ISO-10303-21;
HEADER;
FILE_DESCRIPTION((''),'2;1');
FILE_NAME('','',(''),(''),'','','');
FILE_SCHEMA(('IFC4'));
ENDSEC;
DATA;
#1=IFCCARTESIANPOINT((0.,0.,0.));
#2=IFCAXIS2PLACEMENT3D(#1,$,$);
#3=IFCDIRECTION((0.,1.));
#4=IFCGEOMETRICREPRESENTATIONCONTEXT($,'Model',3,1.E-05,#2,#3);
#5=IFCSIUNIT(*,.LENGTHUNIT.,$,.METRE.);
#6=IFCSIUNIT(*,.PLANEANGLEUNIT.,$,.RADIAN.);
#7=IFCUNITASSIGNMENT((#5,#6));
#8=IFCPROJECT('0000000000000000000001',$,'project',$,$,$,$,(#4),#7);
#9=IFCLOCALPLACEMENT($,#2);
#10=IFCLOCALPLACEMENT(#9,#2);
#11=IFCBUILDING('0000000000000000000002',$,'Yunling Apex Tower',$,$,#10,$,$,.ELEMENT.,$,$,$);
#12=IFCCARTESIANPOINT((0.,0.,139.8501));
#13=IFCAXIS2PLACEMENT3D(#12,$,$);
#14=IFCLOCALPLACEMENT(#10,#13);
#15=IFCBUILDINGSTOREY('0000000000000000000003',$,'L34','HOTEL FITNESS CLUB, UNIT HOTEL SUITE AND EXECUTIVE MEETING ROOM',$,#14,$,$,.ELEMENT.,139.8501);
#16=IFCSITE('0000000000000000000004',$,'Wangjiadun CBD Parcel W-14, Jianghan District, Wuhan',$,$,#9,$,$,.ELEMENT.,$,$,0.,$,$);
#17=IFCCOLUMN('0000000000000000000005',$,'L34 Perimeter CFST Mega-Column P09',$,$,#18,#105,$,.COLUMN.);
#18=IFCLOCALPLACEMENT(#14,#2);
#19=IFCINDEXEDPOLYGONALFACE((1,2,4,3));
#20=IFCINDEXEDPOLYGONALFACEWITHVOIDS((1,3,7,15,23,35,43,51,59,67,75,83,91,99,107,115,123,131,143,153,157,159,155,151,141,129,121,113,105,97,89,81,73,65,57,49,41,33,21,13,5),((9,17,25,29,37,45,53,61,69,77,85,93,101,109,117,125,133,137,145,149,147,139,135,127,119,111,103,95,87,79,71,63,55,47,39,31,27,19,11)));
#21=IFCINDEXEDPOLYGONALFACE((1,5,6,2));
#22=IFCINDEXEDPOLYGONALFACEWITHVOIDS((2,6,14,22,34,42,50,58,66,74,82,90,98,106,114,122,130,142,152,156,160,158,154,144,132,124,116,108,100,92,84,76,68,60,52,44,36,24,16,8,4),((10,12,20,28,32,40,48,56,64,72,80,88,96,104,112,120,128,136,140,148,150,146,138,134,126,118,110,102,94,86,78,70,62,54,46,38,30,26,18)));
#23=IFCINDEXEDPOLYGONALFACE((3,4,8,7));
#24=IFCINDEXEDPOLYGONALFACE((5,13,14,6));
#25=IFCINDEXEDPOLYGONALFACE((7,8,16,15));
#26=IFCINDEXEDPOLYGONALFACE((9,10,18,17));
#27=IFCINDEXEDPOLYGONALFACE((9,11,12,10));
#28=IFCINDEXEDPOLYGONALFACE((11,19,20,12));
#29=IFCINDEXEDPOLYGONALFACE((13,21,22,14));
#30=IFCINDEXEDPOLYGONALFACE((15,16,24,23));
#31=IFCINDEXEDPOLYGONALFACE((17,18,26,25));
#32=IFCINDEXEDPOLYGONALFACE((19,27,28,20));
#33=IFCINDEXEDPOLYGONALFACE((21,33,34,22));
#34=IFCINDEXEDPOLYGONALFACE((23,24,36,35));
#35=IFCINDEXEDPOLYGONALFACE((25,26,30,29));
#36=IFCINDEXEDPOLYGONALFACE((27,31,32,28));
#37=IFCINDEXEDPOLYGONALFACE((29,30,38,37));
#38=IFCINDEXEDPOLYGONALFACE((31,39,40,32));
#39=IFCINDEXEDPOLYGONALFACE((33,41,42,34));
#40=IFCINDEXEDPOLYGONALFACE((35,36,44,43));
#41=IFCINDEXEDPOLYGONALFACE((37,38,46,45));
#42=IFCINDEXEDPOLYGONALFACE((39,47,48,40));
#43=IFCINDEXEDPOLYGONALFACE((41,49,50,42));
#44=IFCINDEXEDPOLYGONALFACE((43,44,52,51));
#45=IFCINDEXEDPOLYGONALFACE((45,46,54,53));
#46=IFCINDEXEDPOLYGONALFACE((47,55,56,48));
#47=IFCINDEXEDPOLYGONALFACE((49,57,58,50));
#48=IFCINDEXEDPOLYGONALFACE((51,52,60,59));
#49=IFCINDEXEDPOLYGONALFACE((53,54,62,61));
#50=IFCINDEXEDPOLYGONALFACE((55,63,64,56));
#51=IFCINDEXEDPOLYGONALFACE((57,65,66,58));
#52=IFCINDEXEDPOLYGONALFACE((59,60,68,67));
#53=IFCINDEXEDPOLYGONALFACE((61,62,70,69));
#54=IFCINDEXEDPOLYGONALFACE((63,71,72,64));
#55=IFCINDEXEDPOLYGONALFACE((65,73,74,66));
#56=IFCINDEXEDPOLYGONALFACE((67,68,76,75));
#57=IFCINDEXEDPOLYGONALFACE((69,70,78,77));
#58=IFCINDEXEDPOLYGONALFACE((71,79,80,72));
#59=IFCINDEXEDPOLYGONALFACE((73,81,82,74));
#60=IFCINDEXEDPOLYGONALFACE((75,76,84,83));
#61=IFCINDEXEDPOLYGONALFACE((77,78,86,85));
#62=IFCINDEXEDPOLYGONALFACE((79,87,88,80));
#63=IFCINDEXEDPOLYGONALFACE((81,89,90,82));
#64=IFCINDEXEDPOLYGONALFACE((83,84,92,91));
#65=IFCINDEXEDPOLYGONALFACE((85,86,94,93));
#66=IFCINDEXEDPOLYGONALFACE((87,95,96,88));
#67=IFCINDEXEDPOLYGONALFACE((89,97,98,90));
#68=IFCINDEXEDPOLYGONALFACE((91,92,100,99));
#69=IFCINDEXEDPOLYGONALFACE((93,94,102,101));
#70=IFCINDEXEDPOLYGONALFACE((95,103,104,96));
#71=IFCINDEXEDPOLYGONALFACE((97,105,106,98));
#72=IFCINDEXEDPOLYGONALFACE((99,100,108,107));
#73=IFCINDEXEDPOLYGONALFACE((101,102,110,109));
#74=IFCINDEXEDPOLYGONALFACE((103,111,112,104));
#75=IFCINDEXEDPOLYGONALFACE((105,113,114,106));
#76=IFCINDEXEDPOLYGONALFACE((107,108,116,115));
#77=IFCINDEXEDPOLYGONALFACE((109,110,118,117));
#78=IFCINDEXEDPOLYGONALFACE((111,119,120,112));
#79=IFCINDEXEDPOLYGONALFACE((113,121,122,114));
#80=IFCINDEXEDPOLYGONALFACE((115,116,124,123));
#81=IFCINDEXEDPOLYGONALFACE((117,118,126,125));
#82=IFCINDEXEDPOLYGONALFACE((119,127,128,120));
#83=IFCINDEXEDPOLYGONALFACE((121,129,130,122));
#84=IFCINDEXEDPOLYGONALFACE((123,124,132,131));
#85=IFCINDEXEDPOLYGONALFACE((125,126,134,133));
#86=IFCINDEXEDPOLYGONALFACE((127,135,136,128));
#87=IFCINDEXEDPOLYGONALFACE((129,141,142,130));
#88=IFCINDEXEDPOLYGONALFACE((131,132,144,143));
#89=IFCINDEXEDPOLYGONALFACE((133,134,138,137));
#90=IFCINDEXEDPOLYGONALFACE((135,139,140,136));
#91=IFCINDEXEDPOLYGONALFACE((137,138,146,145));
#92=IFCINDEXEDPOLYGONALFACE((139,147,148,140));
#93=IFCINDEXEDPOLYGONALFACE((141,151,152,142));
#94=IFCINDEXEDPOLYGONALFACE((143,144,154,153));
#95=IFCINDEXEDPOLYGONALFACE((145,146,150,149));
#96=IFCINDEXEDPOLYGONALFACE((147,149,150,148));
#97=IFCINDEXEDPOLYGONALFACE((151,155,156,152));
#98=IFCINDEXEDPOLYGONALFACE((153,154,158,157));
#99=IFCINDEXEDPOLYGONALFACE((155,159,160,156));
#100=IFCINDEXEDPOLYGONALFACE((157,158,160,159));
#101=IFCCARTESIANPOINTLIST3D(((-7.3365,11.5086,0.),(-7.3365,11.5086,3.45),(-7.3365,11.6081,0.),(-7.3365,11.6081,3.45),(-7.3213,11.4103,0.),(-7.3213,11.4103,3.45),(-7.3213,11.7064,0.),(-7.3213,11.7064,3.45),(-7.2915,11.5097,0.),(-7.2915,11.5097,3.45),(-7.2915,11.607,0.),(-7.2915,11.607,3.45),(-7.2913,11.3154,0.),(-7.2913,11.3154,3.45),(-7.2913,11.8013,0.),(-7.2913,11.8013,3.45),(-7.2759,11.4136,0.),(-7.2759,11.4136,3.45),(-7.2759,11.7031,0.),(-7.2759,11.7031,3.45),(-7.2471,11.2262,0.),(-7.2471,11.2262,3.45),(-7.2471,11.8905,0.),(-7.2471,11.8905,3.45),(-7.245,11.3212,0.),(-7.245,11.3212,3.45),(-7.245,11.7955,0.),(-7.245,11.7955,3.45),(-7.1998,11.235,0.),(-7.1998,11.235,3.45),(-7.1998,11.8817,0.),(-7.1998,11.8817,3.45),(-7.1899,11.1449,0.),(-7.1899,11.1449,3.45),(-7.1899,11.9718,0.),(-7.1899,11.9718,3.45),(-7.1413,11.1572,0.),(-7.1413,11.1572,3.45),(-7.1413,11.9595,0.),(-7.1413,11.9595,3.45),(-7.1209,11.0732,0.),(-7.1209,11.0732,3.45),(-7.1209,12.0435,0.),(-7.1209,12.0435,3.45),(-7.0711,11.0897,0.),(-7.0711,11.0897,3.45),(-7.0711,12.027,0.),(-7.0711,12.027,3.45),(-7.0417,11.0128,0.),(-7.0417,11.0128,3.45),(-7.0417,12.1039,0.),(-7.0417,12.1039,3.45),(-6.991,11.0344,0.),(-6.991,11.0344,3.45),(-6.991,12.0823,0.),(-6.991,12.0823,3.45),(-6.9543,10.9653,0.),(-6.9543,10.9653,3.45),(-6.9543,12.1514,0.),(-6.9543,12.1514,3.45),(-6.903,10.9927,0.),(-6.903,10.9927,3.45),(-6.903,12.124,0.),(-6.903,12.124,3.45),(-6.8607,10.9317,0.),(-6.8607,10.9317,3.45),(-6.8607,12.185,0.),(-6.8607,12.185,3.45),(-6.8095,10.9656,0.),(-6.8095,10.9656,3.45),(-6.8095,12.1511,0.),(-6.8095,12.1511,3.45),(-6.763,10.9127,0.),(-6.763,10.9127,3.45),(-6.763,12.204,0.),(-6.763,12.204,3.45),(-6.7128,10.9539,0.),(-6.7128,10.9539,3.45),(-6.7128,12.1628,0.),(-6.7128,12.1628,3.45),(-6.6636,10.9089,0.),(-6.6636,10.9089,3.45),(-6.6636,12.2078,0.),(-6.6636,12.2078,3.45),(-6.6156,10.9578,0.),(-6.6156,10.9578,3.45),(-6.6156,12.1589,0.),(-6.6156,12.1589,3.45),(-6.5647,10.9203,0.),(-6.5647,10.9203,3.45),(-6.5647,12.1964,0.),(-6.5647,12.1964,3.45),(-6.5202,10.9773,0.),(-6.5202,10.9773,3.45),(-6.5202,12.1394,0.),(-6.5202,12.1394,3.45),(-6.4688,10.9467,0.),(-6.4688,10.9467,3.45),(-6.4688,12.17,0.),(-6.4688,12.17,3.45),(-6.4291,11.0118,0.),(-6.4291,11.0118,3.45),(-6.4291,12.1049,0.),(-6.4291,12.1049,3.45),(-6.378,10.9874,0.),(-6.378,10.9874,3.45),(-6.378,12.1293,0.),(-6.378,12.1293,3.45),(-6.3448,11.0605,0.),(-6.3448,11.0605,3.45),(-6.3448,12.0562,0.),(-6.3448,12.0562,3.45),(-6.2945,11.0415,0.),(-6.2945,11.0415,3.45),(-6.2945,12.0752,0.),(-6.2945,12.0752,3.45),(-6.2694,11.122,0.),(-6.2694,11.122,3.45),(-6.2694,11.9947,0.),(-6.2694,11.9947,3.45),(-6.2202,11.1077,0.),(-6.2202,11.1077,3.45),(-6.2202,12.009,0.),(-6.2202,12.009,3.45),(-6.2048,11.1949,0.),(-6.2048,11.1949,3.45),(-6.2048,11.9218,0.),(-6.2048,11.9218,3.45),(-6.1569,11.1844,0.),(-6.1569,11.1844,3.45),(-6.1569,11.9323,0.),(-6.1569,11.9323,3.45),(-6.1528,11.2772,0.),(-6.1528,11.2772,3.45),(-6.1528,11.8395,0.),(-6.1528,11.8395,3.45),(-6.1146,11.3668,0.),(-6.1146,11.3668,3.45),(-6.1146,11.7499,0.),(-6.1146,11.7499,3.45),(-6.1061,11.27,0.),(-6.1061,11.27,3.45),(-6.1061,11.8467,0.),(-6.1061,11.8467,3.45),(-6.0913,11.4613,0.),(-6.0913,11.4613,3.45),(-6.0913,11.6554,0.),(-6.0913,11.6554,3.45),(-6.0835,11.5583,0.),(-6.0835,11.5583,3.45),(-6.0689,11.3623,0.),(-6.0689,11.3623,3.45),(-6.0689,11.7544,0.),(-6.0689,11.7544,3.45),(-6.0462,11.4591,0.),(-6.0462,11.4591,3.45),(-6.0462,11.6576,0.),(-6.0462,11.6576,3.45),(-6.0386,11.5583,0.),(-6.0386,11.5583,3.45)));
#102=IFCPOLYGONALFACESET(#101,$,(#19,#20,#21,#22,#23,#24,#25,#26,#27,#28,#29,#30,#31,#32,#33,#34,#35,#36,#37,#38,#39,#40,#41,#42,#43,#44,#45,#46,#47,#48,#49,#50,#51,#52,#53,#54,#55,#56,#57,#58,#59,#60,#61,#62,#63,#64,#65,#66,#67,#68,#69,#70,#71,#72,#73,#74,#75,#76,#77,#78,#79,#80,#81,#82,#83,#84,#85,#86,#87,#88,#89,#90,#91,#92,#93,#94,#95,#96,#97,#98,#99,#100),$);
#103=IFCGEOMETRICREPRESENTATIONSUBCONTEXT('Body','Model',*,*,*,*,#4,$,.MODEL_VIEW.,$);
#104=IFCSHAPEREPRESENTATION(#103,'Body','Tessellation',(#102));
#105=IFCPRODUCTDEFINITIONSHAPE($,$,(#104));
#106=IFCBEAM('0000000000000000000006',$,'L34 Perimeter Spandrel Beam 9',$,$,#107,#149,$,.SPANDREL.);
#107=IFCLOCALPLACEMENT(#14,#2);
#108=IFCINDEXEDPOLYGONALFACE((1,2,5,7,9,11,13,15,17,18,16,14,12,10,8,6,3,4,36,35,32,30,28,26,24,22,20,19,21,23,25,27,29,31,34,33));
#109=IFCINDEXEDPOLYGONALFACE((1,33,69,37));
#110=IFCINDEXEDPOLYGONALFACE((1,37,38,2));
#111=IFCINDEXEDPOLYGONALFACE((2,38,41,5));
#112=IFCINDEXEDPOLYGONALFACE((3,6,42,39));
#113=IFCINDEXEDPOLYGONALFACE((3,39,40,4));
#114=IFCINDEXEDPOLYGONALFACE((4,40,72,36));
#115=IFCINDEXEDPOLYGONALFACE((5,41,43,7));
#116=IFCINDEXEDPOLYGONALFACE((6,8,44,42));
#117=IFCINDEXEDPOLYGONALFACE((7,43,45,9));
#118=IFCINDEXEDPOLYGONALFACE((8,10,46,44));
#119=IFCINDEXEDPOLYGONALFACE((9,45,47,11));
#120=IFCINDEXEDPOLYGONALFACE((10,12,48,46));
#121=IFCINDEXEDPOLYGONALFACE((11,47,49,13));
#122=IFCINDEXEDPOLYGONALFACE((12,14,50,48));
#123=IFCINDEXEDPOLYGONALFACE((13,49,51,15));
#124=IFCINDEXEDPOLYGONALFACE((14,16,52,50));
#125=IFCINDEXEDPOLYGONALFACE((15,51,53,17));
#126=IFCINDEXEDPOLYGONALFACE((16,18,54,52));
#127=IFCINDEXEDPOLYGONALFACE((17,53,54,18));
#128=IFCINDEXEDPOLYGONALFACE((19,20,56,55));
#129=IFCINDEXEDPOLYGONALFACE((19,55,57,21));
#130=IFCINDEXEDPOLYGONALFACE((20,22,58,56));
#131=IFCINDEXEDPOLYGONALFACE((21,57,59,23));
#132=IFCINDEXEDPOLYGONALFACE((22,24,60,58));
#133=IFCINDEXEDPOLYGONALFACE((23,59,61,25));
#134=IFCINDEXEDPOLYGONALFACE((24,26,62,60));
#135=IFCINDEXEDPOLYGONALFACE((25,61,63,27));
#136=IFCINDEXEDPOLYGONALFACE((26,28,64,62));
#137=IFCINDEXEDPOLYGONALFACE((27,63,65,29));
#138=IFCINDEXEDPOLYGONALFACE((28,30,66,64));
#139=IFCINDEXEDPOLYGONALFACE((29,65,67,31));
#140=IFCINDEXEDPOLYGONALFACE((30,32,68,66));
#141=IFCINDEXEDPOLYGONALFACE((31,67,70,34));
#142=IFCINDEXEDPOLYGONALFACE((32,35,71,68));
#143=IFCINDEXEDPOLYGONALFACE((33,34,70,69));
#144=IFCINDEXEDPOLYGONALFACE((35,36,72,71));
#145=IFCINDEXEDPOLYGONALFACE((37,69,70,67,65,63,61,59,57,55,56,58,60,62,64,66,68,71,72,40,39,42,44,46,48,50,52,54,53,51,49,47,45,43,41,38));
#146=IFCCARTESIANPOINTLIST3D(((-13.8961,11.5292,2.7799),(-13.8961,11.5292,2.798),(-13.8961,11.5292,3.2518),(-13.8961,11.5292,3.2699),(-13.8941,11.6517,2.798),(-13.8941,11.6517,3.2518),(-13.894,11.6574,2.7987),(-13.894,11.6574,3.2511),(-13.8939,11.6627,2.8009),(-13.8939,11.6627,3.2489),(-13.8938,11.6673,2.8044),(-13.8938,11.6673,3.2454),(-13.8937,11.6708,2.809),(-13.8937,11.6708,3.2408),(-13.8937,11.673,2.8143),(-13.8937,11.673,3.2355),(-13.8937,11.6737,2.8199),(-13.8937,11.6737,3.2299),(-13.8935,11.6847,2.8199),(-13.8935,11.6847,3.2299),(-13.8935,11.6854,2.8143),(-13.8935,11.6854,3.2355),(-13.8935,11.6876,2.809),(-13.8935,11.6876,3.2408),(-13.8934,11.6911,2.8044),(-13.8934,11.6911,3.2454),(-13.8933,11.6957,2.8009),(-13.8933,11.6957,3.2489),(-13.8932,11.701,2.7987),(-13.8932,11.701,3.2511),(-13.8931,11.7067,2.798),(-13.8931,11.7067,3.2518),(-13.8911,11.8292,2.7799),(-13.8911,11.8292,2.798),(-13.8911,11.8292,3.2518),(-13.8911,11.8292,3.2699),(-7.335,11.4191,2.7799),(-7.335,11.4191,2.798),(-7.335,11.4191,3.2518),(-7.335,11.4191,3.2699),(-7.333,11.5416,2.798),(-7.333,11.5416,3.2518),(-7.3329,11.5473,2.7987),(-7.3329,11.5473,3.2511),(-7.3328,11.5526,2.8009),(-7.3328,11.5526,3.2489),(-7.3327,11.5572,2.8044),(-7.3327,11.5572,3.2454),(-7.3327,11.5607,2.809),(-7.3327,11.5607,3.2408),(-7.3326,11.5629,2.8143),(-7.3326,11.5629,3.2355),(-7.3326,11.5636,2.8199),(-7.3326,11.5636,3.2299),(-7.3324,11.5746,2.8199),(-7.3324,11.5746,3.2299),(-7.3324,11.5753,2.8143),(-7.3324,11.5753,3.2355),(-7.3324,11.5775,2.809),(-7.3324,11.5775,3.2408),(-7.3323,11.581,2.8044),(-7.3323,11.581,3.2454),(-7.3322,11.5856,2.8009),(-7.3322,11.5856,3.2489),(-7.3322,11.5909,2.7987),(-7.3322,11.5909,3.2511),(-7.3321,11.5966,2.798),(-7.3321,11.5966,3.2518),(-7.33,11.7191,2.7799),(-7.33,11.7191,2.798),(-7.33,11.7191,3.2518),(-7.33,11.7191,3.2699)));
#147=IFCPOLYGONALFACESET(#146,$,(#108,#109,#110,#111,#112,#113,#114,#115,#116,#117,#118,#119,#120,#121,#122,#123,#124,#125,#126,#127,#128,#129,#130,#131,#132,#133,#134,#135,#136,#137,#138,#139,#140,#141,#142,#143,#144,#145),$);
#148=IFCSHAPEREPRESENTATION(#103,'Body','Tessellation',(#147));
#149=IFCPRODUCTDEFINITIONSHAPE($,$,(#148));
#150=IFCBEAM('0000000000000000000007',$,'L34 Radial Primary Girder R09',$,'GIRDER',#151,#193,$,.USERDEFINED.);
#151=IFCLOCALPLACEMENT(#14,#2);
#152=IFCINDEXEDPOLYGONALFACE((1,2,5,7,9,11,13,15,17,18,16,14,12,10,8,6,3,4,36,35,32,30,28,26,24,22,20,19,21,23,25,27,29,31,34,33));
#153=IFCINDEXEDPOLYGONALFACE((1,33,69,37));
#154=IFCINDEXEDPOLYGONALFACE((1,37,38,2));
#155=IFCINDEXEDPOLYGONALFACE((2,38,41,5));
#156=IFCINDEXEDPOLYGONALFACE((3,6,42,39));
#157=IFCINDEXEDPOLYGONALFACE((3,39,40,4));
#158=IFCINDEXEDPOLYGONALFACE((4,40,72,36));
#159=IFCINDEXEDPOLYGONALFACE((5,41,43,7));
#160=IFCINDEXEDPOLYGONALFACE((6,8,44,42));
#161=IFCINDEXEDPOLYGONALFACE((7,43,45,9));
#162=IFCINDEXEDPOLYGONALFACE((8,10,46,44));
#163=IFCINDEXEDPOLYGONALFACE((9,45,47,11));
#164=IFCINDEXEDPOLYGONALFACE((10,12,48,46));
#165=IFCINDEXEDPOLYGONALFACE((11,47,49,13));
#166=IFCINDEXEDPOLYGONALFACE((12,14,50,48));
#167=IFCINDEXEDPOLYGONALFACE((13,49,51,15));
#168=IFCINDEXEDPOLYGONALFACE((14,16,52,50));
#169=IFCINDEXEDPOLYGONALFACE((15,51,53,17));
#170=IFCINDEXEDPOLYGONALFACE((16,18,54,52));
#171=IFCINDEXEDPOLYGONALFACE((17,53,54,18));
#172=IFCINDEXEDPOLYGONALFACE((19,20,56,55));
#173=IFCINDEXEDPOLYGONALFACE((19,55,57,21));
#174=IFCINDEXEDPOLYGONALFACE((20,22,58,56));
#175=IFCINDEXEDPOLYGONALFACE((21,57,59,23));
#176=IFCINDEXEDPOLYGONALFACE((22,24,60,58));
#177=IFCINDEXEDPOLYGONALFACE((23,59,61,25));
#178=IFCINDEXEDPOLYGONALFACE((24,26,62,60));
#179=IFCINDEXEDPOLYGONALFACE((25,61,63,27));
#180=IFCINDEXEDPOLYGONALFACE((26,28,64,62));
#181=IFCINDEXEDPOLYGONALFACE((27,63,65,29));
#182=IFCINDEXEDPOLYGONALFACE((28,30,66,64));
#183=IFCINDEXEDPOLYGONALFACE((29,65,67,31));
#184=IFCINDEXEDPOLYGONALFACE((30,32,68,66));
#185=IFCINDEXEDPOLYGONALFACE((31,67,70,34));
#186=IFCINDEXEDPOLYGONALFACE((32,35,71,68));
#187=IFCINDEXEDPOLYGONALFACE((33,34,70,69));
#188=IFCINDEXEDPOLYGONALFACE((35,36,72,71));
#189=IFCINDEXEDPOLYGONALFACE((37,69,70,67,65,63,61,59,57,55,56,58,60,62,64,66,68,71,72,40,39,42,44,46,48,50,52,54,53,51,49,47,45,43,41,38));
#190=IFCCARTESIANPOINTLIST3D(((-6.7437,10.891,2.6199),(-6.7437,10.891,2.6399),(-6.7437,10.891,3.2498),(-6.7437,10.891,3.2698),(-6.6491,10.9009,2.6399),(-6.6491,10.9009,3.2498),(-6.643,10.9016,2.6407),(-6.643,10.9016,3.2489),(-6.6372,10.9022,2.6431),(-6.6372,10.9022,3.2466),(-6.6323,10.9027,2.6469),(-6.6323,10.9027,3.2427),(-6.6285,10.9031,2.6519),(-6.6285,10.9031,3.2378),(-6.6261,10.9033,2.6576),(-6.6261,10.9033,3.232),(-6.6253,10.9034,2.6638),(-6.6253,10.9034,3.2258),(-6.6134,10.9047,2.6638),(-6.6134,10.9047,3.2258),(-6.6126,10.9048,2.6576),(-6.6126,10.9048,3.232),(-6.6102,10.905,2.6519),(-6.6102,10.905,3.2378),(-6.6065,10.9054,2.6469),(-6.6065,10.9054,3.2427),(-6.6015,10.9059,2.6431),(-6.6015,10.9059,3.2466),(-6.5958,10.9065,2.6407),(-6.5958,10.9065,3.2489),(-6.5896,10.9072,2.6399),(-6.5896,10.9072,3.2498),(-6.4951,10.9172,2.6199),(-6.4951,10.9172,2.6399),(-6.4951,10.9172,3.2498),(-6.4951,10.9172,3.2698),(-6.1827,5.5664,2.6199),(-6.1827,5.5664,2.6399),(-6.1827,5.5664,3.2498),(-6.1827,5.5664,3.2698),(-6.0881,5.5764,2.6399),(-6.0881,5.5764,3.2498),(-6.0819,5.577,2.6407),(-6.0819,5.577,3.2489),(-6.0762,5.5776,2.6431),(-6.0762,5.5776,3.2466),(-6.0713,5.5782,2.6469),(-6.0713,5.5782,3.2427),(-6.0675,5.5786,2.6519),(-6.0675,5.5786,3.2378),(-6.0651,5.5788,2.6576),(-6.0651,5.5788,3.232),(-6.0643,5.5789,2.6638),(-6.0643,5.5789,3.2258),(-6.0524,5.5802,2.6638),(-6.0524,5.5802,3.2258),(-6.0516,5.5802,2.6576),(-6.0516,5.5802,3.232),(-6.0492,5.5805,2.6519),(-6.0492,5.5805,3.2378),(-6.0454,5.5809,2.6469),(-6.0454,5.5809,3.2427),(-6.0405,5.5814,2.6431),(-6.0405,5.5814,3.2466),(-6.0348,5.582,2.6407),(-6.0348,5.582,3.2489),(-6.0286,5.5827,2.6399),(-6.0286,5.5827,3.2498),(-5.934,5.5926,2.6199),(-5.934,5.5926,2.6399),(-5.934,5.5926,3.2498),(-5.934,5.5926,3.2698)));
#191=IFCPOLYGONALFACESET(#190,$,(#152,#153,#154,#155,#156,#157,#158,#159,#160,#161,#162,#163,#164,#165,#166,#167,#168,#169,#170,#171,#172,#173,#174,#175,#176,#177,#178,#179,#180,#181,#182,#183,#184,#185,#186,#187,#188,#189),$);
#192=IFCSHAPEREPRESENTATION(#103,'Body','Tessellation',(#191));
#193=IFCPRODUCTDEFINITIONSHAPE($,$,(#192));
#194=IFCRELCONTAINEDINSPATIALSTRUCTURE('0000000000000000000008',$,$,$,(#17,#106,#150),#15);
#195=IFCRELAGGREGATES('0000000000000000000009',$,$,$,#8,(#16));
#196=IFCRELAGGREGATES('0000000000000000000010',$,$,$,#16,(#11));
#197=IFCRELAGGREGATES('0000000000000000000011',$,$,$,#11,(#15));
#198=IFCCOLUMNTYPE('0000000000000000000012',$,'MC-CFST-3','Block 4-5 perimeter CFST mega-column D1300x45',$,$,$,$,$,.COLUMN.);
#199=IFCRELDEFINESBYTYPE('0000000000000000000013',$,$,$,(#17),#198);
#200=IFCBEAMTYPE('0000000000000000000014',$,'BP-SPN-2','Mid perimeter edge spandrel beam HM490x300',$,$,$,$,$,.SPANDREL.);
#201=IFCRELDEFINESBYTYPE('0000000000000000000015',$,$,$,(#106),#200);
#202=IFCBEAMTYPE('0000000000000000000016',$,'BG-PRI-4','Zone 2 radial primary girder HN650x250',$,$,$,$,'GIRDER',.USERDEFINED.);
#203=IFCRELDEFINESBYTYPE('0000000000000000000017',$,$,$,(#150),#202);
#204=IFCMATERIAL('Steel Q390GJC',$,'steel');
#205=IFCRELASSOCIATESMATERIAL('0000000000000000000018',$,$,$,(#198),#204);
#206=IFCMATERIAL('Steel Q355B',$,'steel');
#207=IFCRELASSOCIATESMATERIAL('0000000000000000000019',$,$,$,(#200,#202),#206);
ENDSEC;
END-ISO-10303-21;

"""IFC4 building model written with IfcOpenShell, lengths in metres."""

from ifc_helpers import new_model, si_unit, direction, frame, origin, origin_2d, place, context, subcontext, project, spatial, hollow_circle, i_section, extrude, source, transform, mapped, material, material_profile, profile_set, type_object, element, save


model = new_model("IFC4")

# Units and contexts
model_context = context("Model", 3, precision=1e-05, world=origin(), true_north=direction((0.0, 1.0)))
body_context = subcontext(model_context, "Body", "Model", "MODEL_VIEW")
ifc_project = project(units=[si_unit("LENGTHUNIT", "METRE"), si_unit("PLANEANGLEUNIT", "RADIAN")], contexts=[model_context])

# Site, building, storey
site_placement = place(None, origin())
site = spatial("IfcSite", under=ifc_project, at=site_placement, Name="Wangjiadun CBD Parcel W-14, Jianghan District, Wuhan", CompositionType="ELEMENT", RefElevation=0.0)
building_placement = place(site_placement, origin())
building = spatial("IfcBuilding", under=site, at=building_placement, Name="Yunling Apex Tower", CompositionType="ELEMENT")
storey_placement = place(building_placement, frame((0.0, 0.0, 139.8501)))
storey = spatial("IfcBuildingStorey", under=building, at=storey_placement, Name="L34", Description="HOTEL FITNESS CLUB, UNIT HOTEL SUITE AND EXECUTIVE MEETING ROOM", CompositionType="ELEMENT", Elevation=139.8501)

# Column
ifc_material_1 = material(Name="Steel Q390GJC", Category="steel")
ifc_material_profile_1 = material_profile(ifc_material_1, hollow_circle(Radius=0.6499, WallThickness=0.0449, at=origin_2d()))
ifc_profile_set_1 = profile_set([ifc_material_profile_1], Name="Steel Q390GJC")
column_type = type_object("IfcColumnType", Name="MC-CFST-3", Description="Block 4-5 perimeter CFST mega-column D1300x45", PredefinedType="COLUMN", material=ifc_profile_set_1)
shared_shape_1 = source(origin(), body_context, "Body", "SweptSolid", [
    extrude(hollow_circle(Radius=0.6499, WallThickness=0.0449, at=origin_2d()), origin(), (0.0, 0.0, 1.0), 3.45),
])
column_placement = place(storey_placement, frame((-6.6885, 11.5583, 0.0), z_axis=(0.0, 0.0, 1.0), x_axis=(1.0, 0.0, 0.0)))
element("IfcColumn", 1, at=column_placement, inside=storey, type_object=column_type, Name="L34 Perimeter CFST Mega-Column P09", PredefinedType="COLUMN", context=body_context, shape_type="MappedRepresentation", body=[
    mapped(shared_shape_1, transform((0.0, 0.0, 0.0), scale=1.0)),
])

# Beams
ifc_material_2 = material(Name="Steel Q355B", Category="steel")
ifc_material_profile_2 = material_profile(ifc_material_2, i_section(OverallWidth=0.3, OverallDepth=0.49, WebThickness=0.011, FlangeThickness=0.0181, FilletRadius=0.022, at=origin_2d()))
ifc_profile_set_2 = profile_set([ifc_material_profile_2], Name="Steel Q355B")
beam_type_1 = type_object("IfcBeamType", Name="BP-SPN-2", Description="Mid perimeter edge spandrel beam HM490x300", PredefinedType="SPANDREL", material=ifc_profile_set_2)
shared_shape_2 = source(origin(), body_context, "Body", "SweptSolid", [
    extrude(i_section(OverallWidth=0.3, OverallDepth=0.49, WebThickness=0.011, FlangeThickness=0.0181, FilletRadius=0.022, at=origin_2d()), origin(), (0.0, 0.0, 1.0), 6.562),
])
beam_1_placement = place(storey_placement, frame((-7.3325, 11.5691, 3.0249), z_axis=(-0.999859, 0.01678, 0.0), x_axis=(-0.01678, -0.999859, 0.0)))
element("IfcBeam", 2, at=beam_1_placement, inside=storey, type_object=beam_type_1, Name="L34 Perimeter Spandrel Beam 9", PredefinedType="SPANDREL", context=body_context, shape_type="MappedRepresentation", body=[
    mapped(shared_shape_2, transform((0.0, 0.0, 0.0), scale=1.0)),
])
ifc_material_profile_3 = material_profile(ifc_material_2, i_section(OverallWidth=0.25, OverallDepth=0.6499, WebThickness=0.012, FlangeThickness=0.02, FilletRadius=0.0239, at=origin_2d()))
ifc_profile_set_3 = profile_set([ifc_material_profile_3], Name="Steel Q355B")
beam_type_2 = type_object("IfcBeamType", Name="BG-PRI-4", Description="Zone 2 radial primary girder HN650x250", ElementType="GIRDER", PredefinedType="USERDEFINED", material=ifc_profile_set_3)
shared_shape_3 = source(origin(), body_context, "Body", "SweptSolid", [
    extrude(i_section(OverallWidth=0.25, OverallDepth=0.6499, WebThickness=0.012, FlangeThickness=0.02, FilletRadius=0.0239, at=origin_2d()), origin(), (0.0, 0.0, 1.0), 5.354),
])
beam_2_placement = place(storey_placement, frame((-6.6194, 10.9041, 2.9448), z_axis=(0.104789, -0.994494, 0.0), x_axis=(0.994494, 0.104789, 0.0)))
element("IfcBeam", 3, at=beam_2_placement, inside=storey, type_object=beam_type_2, Name="L34 Radial Primary Girder R09", ObjectType="GIRDER", PredefinedType="USERDEFINED", context=body_context, shape_type="MappedRepresentation", body=[
    mapped(shared_shape_3, transform((0.0, 0.0, 0.0), scale=1.0)),
])

save(model, "model.ifc")
